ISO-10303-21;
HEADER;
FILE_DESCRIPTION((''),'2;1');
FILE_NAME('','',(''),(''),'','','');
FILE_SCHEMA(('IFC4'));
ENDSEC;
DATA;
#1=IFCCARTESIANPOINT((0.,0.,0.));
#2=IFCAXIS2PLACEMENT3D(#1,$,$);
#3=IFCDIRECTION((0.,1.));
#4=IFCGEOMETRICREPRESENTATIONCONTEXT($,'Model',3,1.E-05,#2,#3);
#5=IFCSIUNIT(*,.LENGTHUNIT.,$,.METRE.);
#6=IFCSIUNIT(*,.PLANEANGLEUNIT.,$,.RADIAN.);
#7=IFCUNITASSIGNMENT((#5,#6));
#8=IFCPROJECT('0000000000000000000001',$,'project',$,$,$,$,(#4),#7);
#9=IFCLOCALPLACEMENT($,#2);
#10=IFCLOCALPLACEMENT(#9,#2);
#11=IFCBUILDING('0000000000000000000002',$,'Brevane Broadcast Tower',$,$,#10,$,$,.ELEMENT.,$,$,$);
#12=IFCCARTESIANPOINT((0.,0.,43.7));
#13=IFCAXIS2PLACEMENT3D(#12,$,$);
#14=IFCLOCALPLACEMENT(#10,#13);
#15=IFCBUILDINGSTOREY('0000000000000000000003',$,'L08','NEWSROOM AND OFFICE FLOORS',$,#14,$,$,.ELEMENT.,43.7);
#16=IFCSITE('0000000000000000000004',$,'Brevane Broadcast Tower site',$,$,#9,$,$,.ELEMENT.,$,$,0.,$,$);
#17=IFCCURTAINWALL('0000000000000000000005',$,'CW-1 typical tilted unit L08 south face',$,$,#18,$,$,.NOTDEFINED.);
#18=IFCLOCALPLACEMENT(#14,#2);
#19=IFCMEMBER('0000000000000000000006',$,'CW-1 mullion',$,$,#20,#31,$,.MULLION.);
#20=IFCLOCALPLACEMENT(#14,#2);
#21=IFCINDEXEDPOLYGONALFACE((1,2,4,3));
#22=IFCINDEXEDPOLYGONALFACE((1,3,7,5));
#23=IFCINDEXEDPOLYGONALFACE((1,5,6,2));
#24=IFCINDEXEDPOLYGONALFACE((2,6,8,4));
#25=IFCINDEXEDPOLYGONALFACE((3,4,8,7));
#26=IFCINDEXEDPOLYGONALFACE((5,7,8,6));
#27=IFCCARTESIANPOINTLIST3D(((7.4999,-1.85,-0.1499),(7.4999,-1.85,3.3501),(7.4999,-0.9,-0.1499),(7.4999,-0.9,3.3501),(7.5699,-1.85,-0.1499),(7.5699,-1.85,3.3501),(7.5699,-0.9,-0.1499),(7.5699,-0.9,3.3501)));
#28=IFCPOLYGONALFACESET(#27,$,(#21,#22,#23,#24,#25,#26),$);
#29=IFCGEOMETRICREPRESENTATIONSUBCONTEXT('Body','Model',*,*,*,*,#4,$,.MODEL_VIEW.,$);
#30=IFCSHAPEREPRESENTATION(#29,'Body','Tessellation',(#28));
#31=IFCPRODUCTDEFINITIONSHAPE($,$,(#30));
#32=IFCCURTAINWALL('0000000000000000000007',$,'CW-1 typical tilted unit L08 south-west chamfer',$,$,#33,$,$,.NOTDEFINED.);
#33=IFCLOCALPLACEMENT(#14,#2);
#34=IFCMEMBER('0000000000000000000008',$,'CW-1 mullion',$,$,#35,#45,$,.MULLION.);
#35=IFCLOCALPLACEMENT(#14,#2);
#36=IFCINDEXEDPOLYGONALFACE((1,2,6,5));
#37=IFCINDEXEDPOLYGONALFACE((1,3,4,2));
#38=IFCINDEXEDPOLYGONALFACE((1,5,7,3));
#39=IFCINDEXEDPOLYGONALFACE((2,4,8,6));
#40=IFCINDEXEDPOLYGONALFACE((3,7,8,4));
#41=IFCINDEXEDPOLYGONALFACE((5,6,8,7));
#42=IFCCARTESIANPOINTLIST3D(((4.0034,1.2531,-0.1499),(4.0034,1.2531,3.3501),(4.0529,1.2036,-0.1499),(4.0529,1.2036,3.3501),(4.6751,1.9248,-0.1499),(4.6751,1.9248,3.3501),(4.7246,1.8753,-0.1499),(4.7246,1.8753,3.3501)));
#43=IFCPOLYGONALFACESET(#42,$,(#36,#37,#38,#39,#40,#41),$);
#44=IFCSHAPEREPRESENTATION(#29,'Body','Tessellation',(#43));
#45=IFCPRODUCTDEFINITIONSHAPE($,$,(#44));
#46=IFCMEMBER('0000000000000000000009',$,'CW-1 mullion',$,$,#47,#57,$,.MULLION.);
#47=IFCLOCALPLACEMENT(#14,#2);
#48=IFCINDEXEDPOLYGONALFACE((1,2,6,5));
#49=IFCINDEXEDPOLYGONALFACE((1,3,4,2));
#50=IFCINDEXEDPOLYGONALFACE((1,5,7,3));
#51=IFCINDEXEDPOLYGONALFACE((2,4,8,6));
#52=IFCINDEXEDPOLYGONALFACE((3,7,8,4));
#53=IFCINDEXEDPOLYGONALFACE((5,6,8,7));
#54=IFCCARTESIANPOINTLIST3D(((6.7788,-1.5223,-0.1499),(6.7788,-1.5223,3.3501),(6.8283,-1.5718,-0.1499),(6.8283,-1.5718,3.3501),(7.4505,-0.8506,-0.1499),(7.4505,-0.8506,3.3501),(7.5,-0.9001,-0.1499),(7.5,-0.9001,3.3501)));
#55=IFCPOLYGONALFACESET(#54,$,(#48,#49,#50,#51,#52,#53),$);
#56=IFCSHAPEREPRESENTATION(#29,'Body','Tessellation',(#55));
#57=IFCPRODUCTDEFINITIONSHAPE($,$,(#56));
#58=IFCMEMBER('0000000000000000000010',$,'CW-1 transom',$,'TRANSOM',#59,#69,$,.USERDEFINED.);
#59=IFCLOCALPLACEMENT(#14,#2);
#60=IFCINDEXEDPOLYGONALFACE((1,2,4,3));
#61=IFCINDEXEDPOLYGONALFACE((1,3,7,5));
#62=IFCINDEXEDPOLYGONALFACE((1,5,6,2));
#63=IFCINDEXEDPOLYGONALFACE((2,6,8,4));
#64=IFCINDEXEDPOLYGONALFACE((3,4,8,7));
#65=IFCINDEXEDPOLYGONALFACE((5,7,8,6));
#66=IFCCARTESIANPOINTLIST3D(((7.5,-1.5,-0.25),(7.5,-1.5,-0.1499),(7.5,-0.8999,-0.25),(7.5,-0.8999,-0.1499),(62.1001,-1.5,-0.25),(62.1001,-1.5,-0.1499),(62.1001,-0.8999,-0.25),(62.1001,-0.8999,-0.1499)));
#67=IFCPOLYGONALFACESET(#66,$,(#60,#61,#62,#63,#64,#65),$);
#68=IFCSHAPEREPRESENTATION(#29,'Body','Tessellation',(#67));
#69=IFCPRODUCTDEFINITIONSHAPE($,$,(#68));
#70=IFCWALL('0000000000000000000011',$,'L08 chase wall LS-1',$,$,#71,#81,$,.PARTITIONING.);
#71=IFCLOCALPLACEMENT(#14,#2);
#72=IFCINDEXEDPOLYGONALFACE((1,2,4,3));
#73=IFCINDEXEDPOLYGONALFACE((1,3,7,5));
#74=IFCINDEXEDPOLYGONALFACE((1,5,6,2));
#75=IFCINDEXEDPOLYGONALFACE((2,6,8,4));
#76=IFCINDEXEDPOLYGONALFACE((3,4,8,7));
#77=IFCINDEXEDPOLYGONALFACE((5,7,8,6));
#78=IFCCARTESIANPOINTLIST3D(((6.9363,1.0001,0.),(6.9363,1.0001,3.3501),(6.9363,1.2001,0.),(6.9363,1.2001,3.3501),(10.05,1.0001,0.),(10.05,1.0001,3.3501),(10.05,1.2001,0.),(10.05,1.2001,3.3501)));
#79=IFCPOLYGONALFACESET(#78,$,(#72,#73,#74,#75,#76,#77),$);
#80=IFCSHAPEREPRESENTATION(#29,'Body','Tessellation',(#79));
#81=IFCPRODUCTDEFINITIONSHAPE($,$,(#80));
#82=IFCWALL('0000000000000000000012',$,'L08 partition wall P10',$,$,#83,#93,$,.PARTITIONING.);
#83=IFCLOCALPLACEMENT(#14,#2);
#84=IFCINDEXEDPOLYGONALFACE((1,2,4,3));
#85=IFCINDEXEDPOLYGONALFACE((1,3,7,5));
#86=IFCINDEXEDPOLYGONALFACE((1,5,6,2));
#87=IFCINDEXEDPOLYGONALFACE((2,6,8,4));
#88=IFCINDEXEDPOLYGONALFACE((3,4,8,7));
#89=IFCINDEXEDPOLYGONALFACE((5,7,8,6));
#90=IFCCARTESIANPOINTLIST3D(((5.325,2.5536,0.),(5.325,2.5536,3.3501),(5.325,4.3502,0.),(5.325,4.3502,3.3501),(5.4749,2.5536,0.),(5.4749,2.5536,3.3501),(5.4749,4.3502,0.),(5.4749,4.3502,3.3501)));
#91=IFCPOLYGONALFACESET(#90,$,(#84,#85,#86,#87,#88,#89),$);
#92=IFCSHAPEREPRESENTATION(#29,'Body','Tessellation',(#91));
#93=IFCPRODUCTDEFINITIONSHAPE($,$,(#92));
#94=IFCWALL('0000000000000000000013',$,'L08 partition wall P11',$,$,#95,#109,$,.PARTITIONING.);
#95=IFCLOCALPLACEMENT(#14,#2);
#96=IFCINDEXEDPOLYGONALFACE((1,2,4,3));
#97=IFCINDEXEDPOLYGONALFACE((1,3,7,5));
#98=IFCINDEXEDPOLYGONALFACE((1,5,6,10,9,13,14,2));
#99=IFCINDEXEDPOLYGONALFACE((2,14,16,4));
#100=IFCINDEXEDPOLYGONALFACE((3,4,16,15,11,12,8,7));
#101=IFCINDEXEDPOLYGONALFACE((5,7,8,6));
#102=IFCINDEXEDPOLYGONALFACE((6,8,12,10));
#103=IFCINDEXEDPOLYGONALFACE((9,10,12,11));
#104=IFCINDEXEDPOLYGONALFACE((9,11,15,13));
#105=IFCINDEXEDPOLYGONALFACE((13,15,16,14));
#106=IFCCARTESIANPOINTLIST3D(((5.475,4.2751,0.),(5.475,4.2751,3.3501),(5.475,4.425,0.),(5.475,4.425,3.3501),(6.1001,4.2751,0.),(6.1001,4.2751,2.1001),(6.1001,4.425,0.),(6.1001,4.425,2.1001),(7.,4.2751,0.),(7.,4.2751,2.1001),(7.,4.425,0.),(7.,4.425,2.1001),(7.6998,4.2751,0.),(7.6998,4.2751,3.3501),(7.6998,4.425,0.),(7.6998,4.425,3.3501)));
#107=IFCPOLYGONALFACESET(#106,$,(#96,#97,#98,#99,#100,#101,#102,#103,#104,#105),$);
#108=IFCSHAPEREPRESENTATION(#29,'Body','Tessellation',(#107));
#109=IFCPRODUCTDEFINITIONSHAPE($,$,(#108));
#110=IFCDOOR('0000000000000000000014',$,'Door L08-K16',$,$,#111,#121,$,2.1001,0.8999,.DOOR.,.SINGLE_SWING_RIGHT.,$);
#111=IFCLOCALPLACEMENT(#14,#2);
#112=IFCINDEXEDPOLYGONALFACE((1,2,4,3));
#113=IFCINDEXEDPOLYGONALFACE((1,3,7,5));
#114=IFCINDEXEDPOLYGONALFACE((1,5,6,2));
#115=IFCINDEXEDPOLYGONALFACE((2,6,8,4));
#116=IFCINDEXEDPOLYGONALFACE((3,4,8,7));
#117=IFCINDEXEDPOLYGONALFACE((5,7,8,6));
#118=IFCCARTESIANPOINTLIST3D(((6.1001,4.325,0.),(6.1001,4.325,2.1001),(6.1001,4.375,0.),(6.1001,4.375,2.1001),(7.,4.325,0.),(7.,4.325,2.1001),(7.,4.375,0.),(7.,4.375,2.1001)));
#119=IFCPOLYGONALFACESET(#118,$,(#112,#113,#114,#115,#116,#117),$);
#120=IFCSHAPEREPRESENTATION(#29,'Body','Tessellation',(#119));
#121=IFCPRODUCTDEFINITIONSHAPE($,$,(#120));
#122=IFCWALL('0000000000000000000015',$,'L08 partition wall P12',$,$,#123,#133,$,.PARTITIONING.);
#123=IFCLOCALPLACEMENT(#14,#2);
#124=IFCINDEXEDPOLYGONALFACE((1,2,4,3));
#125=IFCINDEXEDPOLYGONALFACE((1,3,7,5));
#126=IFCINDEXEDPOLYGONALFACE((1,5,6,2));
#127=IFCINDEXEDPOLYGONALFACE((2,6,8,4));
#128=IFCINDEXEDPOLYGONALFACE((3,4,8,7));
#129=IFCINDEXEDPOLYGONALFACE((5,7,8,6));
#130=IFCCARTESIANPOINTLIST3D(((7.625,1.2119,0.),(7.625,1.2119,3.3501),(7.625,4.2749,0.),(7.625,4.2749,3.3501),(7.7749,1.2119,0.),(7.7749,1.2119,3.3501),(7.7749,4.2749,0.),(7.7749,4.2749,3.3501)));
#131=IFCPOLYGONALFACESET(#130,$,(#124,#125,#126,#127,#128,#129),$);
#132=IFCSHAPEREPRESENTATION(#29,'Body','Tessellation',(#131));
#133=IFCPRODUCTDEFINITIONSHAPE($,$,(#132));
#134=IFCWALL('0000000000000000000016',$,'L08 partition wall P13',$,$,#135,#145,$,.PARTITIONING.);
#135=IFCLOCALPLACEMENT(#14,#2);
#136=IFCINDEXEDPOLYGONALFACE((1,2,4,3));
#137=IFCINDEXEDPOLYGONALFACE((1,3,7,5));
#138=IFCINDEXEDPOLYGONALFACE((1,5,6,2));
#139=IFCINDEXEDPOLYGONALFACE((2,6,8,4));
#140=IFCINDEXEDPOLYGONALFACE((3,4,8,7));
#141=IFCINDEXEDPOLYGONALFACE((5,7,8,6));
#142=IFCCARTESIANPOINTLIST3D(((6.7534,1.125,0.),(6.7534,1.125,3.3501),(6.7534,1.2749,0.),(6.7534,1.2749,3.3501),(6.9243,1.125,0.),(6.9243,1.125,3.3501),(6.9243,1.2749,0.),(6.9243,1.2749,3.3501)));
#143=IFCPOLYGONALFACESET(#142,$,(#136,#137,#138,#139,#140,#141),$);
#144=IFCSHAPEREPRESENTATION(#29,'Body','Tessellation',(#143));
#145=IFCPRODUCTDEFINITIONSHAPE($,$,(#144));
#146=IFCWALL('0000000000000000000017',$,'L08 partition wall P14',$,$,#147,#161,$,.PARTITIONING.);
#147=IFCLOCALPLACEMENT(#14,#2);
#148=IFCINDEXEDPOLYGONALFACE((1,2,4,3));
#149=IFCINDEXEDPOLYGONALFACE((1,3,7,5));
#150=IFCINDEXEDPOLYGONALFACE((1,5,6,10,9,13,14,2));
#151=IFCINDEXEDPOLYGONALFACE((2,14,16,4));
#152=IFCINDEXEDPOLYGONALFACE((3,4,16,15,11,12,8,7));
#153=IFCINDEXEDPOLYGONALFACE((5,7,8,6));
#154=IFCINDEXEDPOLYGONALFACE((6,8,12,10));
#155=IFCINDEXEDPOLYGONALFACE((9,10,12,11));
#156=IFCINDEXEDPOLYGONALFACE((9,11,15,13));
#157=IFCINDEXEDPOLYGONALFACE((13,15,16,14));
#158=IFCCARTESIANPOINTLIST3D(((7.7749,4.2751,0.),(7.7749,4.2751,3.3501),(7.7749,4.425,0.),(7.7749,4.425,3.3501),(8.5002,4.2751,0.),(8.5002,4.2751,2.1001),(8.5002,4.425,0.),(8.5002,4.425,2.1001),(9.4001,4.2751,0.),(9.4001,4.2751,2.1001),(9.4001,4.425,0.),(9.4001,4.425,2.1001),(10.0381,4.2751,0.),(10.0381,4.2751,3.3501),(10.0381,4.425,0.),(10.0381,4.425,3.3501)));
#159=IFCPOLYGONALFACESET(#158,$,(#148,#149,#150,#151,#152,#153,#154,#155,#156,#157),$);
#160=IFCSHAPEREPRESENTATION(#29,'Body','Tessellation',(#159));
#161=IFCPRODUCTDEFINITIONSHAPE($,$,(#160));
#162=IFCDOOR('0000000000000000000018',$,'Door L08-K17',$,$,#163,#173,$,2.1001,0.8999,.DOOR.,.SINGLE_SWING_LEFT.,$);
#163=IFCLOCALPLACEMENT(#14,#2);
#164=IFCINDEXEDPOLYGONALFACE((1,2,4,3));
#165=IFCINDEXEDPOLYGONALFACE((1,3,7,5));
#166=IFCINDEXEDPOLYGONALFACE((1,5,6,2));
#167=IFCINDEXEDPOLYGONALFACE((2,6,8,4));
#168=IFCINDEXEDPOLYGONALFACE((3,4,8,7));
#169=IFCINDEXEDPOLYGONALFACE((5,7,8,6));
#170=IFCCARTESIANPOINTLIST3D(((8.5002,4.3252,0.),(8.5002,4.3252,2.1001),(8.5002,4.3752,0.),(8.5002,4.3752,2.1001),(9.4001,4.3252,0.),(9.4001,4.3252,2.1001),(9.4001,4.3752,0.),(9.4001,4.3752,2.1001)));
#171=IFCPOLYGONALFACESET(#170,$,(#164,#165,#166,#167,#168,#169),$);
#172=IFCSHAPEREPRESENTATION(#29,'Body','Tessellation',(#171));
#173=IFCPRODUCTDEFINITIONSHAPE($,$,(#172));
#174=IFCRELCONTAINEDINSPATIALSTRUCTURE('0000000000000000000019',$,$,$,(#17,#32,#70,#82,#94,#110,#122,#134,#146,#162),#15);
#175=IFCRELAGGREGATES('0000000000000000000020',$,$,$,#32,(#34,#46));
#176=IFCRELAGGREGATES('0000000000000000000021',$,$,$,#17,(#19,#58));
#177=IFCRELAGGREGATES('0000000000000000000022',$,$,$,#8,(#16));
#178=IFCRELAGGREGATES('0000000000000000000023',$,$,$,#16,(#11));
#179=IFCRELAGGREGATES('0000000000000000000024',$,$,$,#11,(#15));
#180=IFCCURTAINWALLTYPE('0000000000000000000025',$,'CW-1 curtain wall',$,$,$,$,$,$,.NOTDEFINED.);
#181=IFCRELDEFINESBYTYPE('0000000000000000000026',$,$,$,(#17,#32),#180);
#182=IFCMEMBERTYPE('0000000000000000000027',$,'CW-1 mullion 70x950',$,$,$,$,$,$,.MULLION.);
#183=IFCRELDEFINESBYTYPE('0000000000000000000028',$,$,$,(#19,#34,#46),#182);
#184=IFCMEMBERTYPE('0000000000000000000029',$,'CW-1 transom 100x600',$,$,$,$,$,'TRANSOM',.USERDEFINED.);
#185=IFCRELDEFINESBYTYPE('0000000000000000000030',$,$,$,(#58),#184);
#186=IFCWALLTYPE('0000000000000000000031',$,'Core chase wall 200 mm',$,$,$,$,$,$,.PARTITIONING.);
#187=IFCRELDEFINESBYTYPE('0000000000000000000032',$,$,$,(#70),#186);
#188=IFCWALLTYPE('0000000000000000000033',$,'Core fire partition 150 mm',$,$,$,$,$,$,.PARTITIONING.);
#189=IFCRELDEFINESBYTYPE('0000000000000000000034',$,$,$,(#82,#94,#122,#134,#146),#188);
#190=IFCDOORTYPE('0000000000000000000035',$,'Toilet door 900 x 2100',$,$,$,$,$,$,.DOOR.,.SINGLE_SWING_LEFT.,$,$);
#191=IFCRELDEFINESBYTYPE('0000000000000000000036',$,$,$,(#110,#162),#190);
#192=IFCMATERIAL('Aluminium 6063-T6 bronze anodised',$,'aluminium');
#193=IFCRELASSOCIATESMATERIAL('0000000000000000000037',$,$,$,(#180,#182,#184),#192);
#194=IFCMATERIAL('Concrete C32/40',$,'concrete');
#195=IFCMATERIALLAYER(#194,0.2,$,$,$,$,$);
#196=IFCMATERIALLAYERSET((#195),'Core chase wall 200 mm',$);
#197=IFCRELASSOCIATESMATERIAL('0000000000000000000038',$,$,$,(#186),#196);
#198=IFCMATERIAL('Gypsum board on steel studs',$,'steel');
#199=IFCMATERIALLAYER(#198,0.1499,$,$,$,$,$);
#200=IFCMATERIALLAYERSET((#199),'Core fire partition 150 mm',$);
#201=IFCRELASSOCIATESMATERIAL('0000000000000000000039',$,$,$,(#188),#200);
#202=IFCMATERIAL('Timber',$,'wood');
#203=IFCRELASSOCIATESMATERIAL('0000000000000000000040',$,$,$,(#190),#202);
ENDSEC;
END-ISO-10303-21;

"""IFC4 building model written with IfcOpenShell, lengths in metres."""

from ifc_helpers import new_model, si_unit, direction, frame, frame_2d, origin, origin_2d, place, context, subcontext, project, spatial, rectangle, extrude, material, layer, layer_set, material_profile, profile_set, type_object, element, fill, aggregate, save


model = new_model("IFC4")

# Units and contexts
model_context = context("Model", 3, precision=1e-05, world=origin(), true_north=direction((0.0, 1.0)))
body_context = subcontext(model_context, "Body", "Model", "MODEL_VIEW")
ifc_project = project(units=[si_unit("LENGTHUNIT", "METRE"), si_unit("PLANEANGLEUNIT", "RADIAN")], contexts=[model_context])

# Site, building, storey
site_placement = place(None, origin())
site = spatial("IfcSite", under=ifc_project, at=site_placement, Name="Brevane Broadcast Tower site", CompositionType="ELEMENT", RefElevation=0.0)
building_placement = place(site_placement, origin())
building = spatial("IfcBuilding", under=site, at=building_placement, Name="Brevane Broadcast Tower", CompositionType="ELEMENT")
storey_placement = place(building_placement, frame((0.0, 0.0, 43.7)))
storey = spatial("IfcBuildingStorey", under=building, at=storey_placement, Name="L08", Description="NEWSROOM AND OFFICE FLOORS", CompositionType="ELEMENT", Elevation=43.7)

# Curtain wall, member
ifc_material_1 = material(Name="Aluminium 6063-T6 bronze anodised", Category="aluminium")
curtain_wall_type = type_object("IfcCurtainWallType", Name="CW-1 curtain wall", PredefinedType="NOTDEFINED", material=ifc_material_1)
curtain_wall_1_placement = place(storey_placement, origin())
curtain_wall_1 = element("IfcCurtainWall", 1, at=curtain_wall_1_placement, inside=storey, type_object=curtain_wall_type, Name="CW-1 typical tilted unit L08 south face", PredefinedType="NOTDEFINED")
ifc_material_profile_1 = material_profile(ifc_material_1, rectangle(XDim=0.95, YDim=0.0701, at=origin_2d()), Name="RECT 70x950")
ifc_profile_set_1 = profile_set([ifc_material_profile_1], Name="Aluminium 6063-T6 bronze anodised")
member_type_1 = type_object("IfcMemberType", Name="CW-1 mullion 70x950", PredefinedType="MULLION", material=ifc_profile_set_1)
member_1_placement = place(storey_placement, frame((7.5349, -1.375, -0.1499), z_axis=(0.0, 0.0, 1.0), x_axis=(0.0, 1.0, 0.0)))
member_1 = element("IfcMember", 2, at=member_1_placement, type_object=member_type_1, Name="CW-1 mullion", PredefinedType="MULLION", context=body_context, shape_type="SweptSolid", body=[
    extrude(rectangle(XDim=0.95, YDim=0.0701, at=origin_2d()), origin(), (0.0, 0.0, 1.0), 3.5),
])

# Curtain wall, members
curtain_wall_2_placement = place(storey_placement, origin())
curtain_wall_2 = element("IfcCurtainWall", 3, at=curtain_wall_2_placement, inside=storey, type_object=curtain_wall_type, Name="CW-1 typical tilted unit L08 south-west chamfer", PredefinedType="NOTDEFINED")
member_2_placement = place(storey_placement, frame((4.364, 1.5642, -0.1499), z_axis=(0.0, 0.0, 1.0), x_axis=(0.707107, 0.707107, 0.0)))
member_2 = element("IfcMember", 4, at=member_2_placement, type_object=member_type_1, Name="CW-1 mullion", PredefinedType="MULLION", context=body_context, shape_type="SweptSolid", body=[
    extrude(rectangle(XDim=0.95, YDim=0.0701, at=origin_2d()), origin(), (0.0, 0.0, 1.0), 3.5),
])
member_3_placement = place(storey_placement, frame((7.1394, -1.2112, -0.1499), z_axis=(0.0, 0.0, 1.0), x_axis=(0.707107, 0.707107, 0.0)))
member_3 = element("IfcMember", 5, at=member_3_placement, type_object=member_type_1, Name="CW-1 mullion", PredefinedType="MULLION", context=body_context, shape_type="SweptSolid", body=[
    extrude(rectangle(XDim=0.95, YDim=0.0701, at=origin_2d()), origin(), (0.0, 0.0, 1.0), 3.5),
])
aggregate(curtain_wall_2, [member_2, member_3])

# Member
ifc_material_profile_2 = material_profile(ifc_material_1, rectangle(XDim=0.6001, YDim=0.1001, at=origin_2d()), Name="RECT 100x600")
ifc_profile_set_2 = profile_set([ifc_material_profile_2], Name="Aluminium 6063-T6 bronze anodised")
member_type_2 = type_object("IfcMemberType", Name="CW-1 transom 100x600", ElementType="TRANSOM", PredefinedType="USERDEFINED", material=ifc_profile_set_2)
member_4_placement = place(storey_placement, frame((7.5, -1.2, -0.2), z_axis=(1.0, 0.0, 0.0), x_axis=(0.0, 1.0, 0.0)))
member_4 = element("IfcMember", 6, at=member_4_placement, type_object=member_type_2, Name="CW-1 transom", ObjectType="TRANSOM", PredefinedType="USERDEFINED", context=body_context, shape_type="SweptSolid", body=[
    extrude(rectangle(XDim=0.6001, YDim=0.1001, at=origin_2d()), origin(), (0.0, 0.0, 1.0), 54.6001),
])
aggregate(curtain_wall_1, [member_1, member_4])

# Walls
ifc_material_2 = material(Name="Concrete C32/40", Category="concrete")
ifc_layer_1 = layer(ifc_material_2, 0.2)
ifc_layer_set_1 = layer_set([ifc_layer_1], Name="Core chase wall 200 mm")
wall_type_1 = type_object("IfcWallType", Name="Core chase wall 200 mm", PredefinedType="PARTITIONING", material=ifc_layer_set_1)
wall_1_placement = place(storey_placement, frame((6.9363, 1.1001, 0.0), z_axis=(0.0, 0.0, 1.0), x_axis=(1.0, 0.0, 0.0)))
element("IfcWall", 7, at=wall_1_placement, inside=storey, type_object=wall_type_1, Name="L08 chase wall LS-1", PredefinedType="PARTITIONING", context=body_context, shape_type="SweptSolid", body=[
    extrude(rectangle(XDim=3.1138, YDim=0.2, at=frame_2d((1.5569, 0.0))), origin(), (0.0, 0.0, 1.0), 3.3501),
])
ifc_material_3 = material(Name="Gypsum board on steel studs", Category="steel")
ifc_layer_2 = layer(ifc_material_3, 0.1499)
ifc_layer_set_2 = layer_set([ifc_layer_2], Name="Core fire partition 150 mm")
wall_type_2 = type_object("IfcWallType", Name="Core fire partition 150 mm", PredefinedType="PARTITIONING", material=ifc_layer_set_2)
wall_2_placement = place(storey_placement, frame((5.3999, 2.5535, 0.0), z_axis=(0.0, 0.0, 1.0), x_axis=(0.0, 1.0, 0.0)))
element("IfcWall", 8, at=wall_2_placement, inside=storey, type_object=wall_type_2, Name="L08 partition wall P10", PredefinedType="PARTITIONING", context=body_context, shape_type="SweptSolid", body=[
    extrude(rectangle(XDim=1.7966, YDim=0.1499, at=frame_2d((0.8984, 0.0))), origin(), (0.0, 0.0, 1.0), 3.3501),
])

# Wall, opening, door
wall_3_placement = place(storey_placement, frame((5.4751, 4.3501, 0.0), z_axis=(0.0, 0.0, 1.0), x_axis=(1.0, 0.0, 0.0)))
wall_3 = element("IfcWall", 9, at=wall_3_placement, inside=storey, type_object=wall_type_2, Name="L08 partition wall P11", PredefinedType="PARTITIONING", context=body_context, shape_type="SweptSolid", body=[
    extrude(rectangle(XDim=2.2249, YDim=0.1499, at=frame_2d((1.1123, 0.0))), origin(), (0.0, 0.0, 1.0), 3.3501),
])
opening_1_placement = place(wall_3_placement, frame((0.625, 0.0, 0.0)))
opening_1 = element("IfcOpeningElement", 10, at=opening_1_placement, cuts=wall_3, PredefinedType="OPENING", context=body_context, shape_type="SweptSolid", body=[
    extrude(rectangle(XDim=0.8999, YDim=2.1001, at=frame_2d((0.45, 1.05))), frame((0.0, 0.085, 0.0), z_axis=(0.0, -1.0, 0.0), x_axis=(1.0, 0.0, 0.0)), (0.0, 0.0, 1.0), 0.1699),
])
ifc_material_4 = material(Name="Timber", Category="wood")
door_type = type_object("IfcDoorType", Name="Toilet door 900 x 2100", OperationType="SINGLE_SWING_LEFT", PredefinedType="DOOR", material=ifc_material_4)
door_1_placement = place(opening_1_placement, origin())
door_1 = element("IfcDoor", 11, at=door_1_placement, inside=storey, type_object=door_type, Name="Door L08-K16", OperationType="SINGLE_SWING_RIGHT", OverallHeight=2.1001, OverallWidth=0.8999, PredefinedType="DOOR", context=body_context, shape_type="SweptSolid", body=[
    extrude(rectangle(XDim=0.8999, YDim=2.1001, at=frame_2d((0.45, 1.05))), frame((0.0, 0.0249, 0.0), z_axis=(0.0, -1.0, 0.0), x_axis=(1.0, 0.0, 0.0)), (0.0, 0.0, 1.0), 0.05),
])
fill(opening_1, door_1)

# Walls
wall_4_placement = place(storey_placement, frame((7.7, 4.2749, 0.0), z_axis=(0.0, 0.0, 1.0), x_axis=(0.0, -1.0, 0.0)))
element("IfcWall", 12, at=wall_4_placement, inside=storey, type_object=wall_type_2, Name="L08 partition wall P12", PredefinedType="PARTITIONING", context=body_context, shape_type="SweptSolid", body=[
    extrude(rectangle(XDim=3.063, YDim=0.1499, at=frame_2d((1.5315, 0.0))), origin(), (0.0, 0.0, 1.0), 3.3501),
])
wall_5_placement = place(storey_placement, frame((6.9243, 1.2, 0.0), z_axis=(0.0, 0.0, 1.0), x_axis=(-1.0, 0.0, 0.0)))
element("IfcWall", 13, at=wall_5_placement, inside=storey, type_object=wall_type_2, Name="L08 partition wall P13", PredefinedType="PARTITIONING", context=body_context, shape_type="SweptSolid", body=[
    extrude(rectangle(XDim=0.1709, YDim=0.1499, at=frame_2d((0.0854, 0.0))), origin(), (0.0, 0.0, 1.0), 3.3501),
])

# Wall, opening, door
wall_6_placement = place(storey_placement, frame((10.0381, 4.3501, 0.0), z_axis=(0.0, 0.0, 1.0), x_axis=(-1.0, 0.0, 0.0)))
wall_6 = element("IfcWall", 14, at=wall_6_placement, inside=storey, type_object=wall_type_2, Name="L08 partition wall P14", PredefinedType="PARTITIONING", context=body_context, shape_type="SweptSolid", body=[
    extrude(rectangle(XDim=2.2632, YDim=0.1499, at=frame_2d((1.1316, 0.0))), origin(), (0.0, 0.0, 1.0), 3.3501),
])
opening_2_placement = place(wall_6_placement, frame((0.6379, 0.0, 0.0)))
opening_2 = element("IfcOpeningElement", 15, at=opening_2_placement, cuts=wall_6, PredefinedType="OPENING", context=body_context, shape_type="SweptSolid", body=[
    extrude(rectangle(XDim=0.8999, YDim=2.1001, at=frame_2d((0.45, 1.05))), frame((0.0, 0.085, 0.0), z_axis=(0.0, -1.0, 0.0), x_axis=(1.0, 0.0, 0.0)), (0.0, 0.0, 1.0), 0.1699),
])
door_2_placement = place(opening_2_placement, origin())
door_2 = element("IfcDoor", 16, at=door_2_placement, inside=storey, type_object=door_type, Name="Door L08-K17", OperationType="SINGLE_SWING_LEFT", OverallHeight=2.1001, OverallWidth=0.8999, PredefinedType="DOOR", context=body_context, shape_type="SweptSolid", body=[
    extrude(rectangle(XDim=0.8999, YDim=2.1001, at=frame_2d((0.45, 1.05))), frame((0.0, 0.0249, 0.0), z_axis=(0.0, -1.0, 0.0), x_axis=(1.0, 0.0, 0.0)), (0.0, 0.0, 1.0), 0.05),
])
fill(opening_2, door_2)

save(model, "model.ifc")
